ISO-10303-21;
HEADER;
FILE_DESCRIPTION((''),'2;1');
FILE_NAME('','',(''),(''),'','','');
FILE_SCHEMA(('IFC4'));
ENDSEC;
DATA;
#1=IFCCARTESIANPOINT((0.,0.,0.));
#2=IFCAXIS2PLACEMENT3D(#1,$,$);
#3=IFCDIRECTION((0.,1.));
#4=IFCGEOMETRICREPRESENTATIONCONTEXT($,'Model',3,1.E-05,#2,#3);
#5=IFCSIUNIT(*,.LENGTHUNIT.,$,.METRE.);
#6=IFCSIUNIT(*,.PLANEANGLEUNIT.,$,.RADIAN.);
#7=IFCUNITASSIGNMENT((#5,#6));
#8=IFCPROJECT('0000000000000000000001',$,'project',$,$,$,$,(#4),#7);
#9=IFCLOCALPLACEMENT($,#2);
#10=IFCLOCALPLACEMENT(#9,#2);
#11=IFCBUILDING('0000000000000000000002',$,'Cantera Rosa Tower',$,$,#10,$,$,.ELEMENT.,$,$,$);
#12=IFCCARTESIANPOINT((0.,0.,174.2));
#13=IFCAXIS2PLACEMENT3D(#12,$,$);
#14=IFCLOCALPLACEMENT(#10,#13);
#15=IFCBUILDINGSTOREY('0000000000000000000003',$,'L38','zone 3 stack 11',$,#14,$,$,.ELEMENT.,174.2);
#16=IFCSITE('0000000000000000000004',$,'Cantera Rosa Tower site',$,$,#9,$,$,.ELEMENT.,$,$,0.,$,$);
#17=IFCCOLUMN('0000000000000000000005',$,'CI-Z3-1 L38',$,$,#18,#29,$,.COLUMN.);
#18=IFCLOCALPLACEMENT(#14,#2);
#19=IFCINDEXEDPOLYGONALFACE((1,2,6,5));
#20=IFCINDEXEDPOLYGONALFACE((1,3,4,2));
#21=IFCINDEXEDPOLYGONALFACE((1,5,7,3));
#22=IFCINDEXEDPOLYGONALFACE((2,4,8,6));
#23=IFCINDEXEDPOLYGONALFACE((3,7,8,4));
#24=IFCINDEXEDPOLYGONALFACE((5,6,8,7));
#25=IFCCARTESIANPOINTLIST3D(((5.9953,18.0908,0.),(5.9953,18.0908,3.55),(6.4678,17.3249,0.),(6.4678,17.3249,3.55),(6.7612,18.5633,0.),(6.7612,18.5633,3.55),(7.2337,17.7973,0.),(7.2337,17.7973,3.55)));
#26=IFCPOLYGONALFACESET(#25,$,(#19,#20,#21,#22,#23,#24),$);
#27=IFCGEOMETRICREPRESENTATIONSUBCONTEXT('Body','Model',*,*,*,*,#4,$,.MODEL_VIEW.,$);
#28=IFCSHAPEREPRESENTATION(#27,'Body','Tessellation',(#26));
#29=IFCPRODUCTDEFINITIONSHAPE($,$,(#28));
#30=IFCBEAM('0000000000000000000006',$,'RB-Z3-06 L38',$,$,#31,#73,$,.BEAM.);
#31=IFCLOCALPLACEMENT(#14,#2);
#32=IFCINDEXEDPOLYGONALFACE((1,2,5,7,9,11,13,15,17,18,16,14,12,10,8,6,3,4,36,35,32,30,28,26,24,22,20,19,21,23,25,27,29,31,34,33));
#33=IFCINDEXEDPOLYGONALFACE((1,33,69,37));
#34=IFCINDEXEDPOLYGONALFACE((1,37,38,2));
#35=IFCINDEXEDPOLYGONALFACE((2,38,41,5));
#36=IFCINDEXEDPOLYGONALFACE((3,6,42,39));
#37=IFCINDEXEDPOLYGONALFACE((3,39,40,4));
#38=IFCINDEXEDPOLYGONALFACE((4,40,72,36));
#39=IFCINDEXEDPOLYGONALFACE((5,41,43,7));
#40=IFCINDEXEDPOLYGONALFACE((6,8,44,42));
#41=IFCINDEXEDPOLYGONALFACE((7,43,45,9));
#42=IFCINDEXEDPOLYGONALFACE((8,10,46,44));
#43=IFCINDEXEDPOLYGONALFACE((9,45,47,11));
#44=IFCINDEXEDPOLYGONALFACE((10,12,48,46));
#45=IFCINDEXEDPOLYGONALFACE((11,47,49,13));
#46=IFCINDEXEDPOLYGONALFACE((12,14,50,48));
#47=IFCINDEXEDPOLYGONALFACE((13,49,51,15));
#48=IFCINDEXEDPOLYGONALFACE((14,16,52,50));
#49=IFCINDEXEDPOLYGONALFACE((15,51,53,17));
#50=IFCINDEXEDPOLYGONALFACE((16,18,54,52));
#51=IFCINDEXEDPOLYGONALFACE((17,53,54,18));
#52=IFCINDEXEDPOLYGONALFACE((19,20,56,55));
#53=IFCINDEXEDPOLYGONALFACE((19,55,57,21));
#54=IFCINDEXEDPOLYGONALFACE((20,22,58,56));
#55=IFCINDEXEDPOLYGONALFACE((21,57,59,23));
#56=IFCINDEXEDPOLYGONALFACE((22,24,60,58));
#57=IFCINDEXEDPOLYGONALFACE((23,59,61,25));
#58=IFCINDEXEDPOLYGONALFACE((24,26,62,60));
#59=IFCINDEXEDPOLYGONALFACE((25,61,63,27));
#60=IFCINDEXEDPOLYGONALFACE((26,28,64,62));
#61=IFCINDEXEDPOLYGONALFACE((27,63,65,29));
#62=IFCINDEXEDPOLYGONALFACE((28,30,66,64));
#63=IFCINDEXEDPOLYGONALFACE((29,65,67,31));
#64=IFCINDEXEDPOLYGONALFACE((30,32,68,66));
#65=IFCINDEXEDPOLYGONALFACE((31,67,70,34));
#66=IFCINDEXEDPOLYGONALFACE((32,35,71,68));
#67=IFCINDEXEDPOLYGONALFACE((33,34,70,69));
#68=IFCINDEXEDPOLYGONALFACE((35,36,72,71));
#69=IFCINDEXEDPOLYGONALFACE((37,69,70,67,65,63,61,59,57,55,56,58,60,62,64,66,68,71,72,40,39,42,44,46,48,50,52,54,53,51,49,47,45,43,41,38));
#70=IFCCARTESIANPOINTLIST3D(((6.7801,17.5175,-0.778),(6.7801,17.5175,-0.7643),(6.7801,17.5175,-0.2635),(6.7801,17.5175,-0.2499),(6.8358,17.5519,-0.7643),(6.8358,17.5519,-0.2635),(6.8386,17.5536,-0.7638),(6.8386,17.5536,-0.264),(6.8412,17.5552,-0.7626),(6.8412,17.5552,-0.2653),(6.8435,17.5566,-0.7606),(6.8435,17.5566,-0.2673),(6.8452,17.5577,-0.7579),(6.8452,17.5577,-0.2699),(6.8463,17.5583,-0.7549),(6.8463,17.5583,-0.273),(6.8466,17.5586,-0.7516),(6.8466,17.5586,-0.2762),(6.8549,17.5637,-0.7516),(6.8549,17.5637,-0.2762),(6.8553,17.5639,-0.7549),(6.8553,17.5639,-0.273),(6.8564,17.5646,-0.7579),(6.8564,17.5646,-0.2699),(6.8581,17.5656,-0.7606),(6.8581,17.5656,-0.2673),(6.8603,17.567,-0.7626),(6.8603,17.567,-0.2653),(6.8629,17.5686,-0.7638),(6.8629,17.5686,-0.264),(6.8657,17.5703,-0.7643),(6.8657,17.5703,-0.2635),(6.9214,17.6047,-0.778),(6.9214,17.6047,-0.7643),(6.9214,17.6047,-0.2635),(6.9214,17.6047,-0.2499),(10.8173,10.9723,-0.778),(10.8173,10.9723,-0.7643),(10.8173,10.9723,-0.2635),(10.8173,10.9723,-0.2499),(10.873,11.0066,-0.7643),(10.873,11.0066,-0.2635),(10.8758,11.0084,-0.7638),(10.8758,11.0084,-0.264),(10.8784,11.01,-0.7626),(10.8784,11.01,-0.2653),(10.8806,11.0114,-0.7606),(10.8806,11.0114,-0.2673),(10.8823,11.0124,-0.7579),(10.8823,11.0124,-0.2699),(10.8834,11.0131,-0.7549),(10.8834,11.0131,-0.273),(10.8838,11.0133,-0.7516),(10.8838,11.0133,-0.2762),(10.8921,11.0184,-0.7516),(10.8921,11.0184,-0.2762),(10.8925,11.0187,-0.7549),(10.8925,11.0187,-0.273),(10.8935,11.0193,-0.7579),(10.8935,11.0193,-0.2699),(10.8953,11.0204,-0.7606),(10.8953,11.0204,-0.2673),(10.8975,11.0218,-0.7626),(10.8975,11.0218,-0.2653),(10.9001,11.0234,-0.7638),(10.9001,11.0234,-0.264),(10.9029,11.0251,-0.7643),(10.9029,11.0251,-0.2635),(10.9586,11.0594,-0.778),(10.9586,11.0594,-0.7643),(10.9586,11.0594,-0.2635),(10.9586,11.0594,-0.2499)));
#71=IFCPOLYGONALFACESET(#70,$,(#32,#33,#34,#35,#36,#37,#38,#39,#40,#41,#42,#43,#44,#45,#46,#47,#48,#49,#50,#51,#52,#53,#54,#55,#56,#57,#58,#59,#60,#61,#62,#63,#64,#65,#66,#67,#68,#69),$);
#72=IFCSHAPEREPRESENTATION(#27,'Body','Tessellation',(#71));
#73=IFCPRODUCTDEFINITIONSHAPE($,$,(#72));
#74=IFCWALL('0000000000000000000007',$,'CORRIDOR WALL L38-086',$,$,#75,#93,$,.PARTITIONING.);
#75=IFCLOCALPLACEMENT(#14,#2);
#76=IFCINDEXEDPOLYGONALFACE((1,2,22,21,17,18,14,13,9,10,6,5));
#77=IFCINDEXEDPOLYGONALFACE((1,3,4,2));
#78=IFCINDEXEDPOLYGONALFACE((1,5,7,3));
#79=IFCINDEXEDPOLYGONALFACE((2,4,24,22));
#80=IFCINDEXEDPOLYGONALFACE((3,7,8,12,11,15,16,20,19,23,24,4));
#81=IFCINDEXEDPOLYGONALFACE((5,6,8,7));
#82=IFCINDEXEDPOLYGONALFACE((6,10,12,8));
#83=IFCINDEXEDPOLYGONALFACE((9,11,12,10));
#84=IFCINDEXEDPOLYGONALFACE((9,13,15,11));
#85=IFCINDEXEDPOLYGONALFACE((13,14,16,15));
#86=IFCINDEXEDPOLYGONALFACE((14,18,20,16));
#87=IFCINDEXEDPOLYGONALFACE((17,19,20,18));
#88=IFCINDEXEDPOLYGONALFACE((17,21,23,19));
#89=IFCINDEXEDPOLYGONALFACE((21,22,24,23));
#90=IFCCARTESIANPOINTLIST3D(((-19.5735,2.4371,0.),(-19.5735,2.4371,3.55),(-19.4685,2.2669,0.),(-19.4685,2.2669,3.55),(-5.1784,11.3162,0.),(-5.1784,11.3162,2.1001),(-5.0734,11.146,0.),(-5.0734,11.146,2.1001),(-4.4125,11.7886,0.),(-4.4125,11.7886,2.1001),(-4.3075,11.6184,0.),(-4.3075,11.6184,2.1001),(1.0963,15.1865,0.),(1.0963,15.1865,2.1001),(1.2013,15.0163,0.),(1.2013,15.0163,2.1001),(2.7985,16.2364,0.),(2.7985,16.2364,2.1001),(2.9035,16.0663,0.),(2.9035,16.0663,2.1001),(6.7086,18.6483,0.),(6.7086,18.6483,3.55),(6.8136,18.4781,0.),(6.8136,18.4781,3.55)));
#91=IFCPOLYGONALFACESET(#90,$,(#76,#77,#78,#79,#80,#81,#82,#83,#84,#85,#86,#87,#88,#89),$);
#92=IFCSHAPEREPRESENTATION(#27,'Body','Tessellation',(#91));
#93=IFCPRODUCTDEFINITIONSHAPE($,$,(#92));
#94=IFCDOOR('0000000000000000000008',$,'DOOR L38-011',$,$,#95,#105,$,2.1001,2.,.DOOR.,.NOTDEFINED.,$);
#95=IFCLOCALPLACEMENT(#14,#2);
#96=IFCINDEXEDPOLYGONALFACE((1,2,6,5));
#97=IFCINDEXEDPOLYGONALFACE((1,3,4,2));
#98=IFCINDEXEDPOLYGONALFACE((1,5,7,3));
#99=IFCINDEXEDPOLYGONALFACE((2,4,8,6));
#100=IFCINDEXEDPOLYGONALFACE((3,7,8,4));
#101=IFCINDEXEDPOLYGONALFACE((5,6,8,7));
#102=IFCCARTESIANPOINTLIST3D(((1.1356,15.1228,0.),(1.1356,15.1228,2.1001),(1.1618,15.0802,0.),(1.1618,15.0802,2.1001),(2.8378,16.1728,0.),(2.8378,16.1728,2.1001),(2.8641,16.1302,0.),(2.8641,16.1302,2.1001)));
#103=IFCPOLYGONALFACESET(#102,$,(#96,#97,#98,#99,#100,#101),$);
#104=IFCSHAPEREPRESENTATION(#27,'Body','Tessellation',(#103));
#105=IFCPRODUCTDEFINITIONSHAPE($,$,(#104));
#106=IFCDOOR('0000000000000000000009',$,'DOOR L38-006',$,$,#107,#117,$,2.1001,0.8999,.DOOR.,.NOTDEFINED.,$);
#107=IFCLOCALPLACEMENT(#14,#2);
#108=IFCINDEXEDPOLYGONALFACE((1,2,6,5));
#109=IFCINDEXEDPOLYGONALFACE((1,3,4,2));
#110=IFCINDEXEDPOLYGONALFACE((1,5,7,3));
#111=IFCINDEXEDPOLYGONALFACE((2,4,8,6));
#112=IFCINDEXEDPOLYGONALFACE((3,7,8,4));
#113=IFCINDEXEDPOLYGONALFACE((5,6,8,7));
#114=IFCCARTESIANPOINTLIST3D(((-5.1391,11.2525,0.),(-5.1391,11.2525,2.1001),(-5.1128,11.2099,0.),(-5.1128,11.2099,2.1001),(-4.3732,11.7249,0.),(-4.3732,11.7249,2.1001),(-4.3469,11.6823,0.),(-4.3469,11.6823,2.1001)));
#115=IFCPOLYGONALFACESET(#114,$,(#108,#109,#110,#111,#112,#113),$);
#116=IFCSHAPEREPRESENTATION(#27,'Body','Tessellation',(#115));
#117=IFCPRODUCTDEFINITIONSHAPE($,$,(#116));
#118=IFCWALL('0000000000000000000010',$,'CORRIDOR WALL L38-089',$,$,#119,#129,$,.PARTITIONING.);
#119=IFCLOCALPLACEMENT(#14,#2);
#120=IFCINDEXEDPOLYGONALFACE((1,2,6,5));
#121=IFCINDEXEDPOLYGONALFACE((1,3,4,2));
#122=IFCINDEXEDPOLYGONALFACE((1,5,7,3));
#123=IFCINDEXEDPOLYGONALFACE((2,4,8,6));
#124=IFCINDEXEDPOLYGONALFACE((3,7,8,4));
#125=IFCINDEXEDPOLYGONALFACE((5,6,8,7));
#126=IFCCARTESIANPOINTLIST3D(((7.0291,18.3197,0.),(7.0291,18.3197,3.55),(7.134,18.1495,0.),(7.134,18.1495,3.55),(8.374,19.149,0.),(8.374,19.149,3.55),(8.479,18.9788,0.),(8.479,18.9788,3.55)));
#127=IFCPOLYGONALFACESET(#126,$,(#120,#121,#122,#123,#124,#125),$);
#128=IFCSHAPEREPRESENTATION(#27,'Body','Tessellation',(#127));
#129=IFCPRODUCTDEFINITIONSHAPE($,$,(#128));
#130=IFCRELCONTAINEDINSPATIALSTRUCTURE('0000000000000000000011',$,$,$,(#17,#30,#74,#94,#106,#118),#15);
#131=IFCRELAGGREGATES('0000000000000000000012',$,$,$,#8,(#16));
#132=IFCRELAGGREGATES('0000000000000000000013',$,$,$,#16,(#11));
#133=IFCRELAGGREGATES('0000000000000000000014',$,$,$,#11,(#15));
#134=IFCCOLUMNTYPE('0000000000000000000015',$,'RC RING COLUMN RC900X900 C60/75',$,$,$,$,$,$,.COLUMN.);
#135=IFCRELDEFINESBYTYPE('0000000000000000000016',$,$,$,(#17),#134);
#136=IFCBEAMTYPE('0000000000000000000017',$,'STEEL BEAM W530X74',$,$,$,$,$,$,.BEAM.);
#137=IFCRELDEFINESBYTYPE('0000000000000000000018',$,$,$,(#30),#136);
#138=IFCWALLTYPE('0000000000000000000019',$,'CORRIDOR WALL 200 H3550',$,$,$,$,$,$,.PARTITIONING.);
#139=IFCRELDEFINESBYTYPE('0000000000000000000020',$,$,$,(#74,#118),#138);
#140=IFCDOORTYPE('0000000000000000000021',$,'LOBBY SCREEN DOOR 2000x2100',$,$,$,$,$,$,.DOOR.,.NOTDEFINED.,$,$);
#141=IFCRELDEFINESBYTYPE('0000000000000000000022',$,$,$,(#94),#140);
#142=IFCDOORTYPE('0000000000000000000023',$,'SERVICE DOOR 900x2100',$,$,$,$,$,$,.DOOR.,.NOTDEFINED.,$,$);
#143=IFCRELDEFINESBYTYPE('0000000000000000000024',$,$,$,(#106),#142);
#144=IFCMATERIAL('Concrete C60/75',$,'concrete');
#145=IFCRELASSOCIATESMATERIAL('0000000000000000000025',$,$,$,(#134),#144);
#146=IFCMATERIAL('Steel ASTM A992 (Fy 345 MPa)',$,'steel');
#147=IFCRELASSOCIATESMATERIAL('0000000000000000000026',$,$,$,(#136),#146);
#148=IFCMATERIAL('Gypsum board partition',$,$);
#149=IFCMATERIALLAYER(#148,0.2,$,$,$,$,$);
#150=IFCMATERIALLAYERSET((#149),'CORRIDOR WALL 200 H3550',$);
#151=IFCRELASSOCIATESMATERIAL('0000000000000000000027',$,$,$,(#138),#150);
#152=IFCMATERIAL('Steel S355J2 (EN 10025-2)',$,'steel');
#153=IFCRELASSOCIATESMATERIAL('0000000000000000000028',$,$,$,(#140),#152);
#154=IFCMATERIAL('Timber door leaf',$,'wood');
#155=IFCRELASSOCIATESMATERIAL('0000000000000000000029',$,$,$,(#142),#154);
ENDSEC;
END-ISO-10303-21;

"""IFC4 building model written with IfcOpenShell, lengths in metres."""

from ifc_helpers import new_model, si_unit, direction, frame, frame_2d, origin, origin_2d, place, context, subcontext, project, spatial, rectangle, i_section, extrude, material, layer, layer_set, material_profile, profile_set, type_object, element, fill, save


model = new_model("IFC4")

# Units and contexts
model_context = context("Model", 3, precision=1e-05, world=origin(), true_north=direction((0.0, 1.0)))
body_context = subcontext(model_context, "Body", "Model", "MODEL_VIEW")
ifc_project = project(units=[si_unit("LENGTHUNIT", "METRE"), si_unit("PLANEANGLEUNIT", "RADIAN")], contexts=[model_context])

# Site, building, storey
site_placement = place(None, origin())
site = spatial("IfcSite", under=ifc_project, at=site_placement, Name="Cantera Rosa Tower site", CompositionType="ELEMENT", RefElevation=0.0)
building_placement = place(site_placement, origin())
building = spatial("IfcBuilding", under=site, at=building_placement, Name="Cantera Rosa Tower", CompositionType="ELEMENT")
storey_placement = place(building_placement, frame((0.0, 0.0, 174.2)))
storey = spatial("IfcBuildingStorey", under=building, at=storey_placement, Name="L38", Description="zone 3 stack 11", CompositionType="ELEMENT", Elevation=174.2)

# Column
ifc_material_1 = material(Name="Concrete C60/75", Category="concrete")
ifc_material_profile_1 = material_profile(ifc_material_1, rectangle(XDim=0.8999, YDim=0.8999, at=origin_2d()), Name="RC RING COLUMN RC900X900 C60/75")
ifc_profile_set_1 = profile_set([ifc_material_profile_1], Name="Concrete C60/75")
column_type = type_object("IfcColumnType", Name="RC RING COLUMN RC900X900 C60/75", PredefinedType="COLUMN", material=ifc_profile_set_1)
column_placement = place(storey_placement, frame((6.6145, 17.9441, 0.0), z_axis=(0.0, 0.0, 1.0), x_axis=(0.851117, 0.524977, 0.0)))
element("IfcColumn", 1, at=column_placement, inside=storey, type_object=column_type, Name="CI-Z3-1 L38", PredefinedType="COLUMN", context=body_context, shape_type="SweptSolid", body=[
    extrude(rectangle(XDim=0.8999, YDim=0.8999, at=origin_2d()), origin(), (0.0, 0.0, 1.0), 3.55),
])

# Beam
ifc_material_2 = material(Name="Steel ASTM A992 (Fy 345 MPa)", Category="steel")
ifc_material_profile_2 = material_profile(ifc_material_2, i_section(OverallWidth=0.166, OverallDepth=0.5281, WebThickness=0.0098, FlangeThickness=0.0137, FilletRadius=0.0127, at=origin_2d()), Name="W530X74")
ifc_profile_set_2 = profile_set([ifc_material_profile_2], Name="Steel ASTM A992 (Fy 345 MPa)")
beam_type = type_object("IfcBeamType", Name="STEEL BEAM W530X74", PredefinedType="BEAM", material=ifc_profile_set_2)
beam_placement = place(storey_placement, frame((10.8879, 11.0159, -0.5139), z_axis=(-0.524976, 0.851117, 0.0), x_axis=(-0.851117, -0.524976, 0.0)))
element("IfcBeam", 2, at=beam_placement, inside=storey, type_object=beam_type, Name="RB-Z3-06 L38", PredefinedType="BEAM", context=body_context, shape_type="SweptSolid", body=[
    extrude(i_section(OverallWidth=0.166, OverallDepth=0.5281, WebThickness=0.0098, FlangeThickness=0.0137, FilletRadius=0.0127, at=origin_2d()), origin(), (0.0, 0.0, 1.0), 7.6902),
])

# Wall, openings, doors
ifc_material_3 = material(Name="Gypsum board partition")
ifc_layer_1 = layer(ifc_material_3, 0.2)
ifc_layer_set_1 = layer_set([ifc_layer_1], Name="CORRIDOR WALL 200 H3550")
wall_type_1 = type_object("IfcWallType", Name="CORRIDOR WALL 200 H3550", PredefinedType="PARTITIONING", material=ifc_layer_set_1)
wall_1_placement = place(storey_placement, frame((6.7612, 18.5632, 0.0), z_axis=(0.0, 0.0, 1.0), x_axis=(-0.851116, -0.524978, 0.0)))
wall_1 = element("IfcWall", 3, at=wall_1_placement, inside=storey, type_object=wall_type_1, Name="CORRIDOR WALL L38-086", PredefinedType="PARTITIONING", context=body_context, shape_type="SweptSolid", body=[
    extrude(rectangle(XDim=30.8796, YDim=0.2, at=frame_2d((15.4399, 0.0))), origin(), (0.0, 0.0, 1.0), 3.55),
])
opening_1_placement = place(wall_1_placement, frame((13.0667, 0.0, 0.0)))
opening_1 = element("IfcOpeningElement", 4, at=opening_1_placement, cuts=wall_1, PredefinedType="OPENING", context=body_context, shape_type="SweptSolid", body=[
    extrude(rectangle(XDim=0.8999, YDim=2.1001, at=frame_2d((0.45, 1.05))), frame((0.0, 0.1099, 0.0), z_axis=(0.0, -1.0, 0.0), x_axis=(1.0, 0.0, 0.0)), (0.0, 0.0, 1.0), 0.22),
])
opening_2_placement = place(wall_1_placement, frame((4.5942, 0.0, 0.0)))
opening_2 = element("IfcOpeningElement", 5, at=opening_2_placement, cuts=wall_1, PredefinedType="OPENING", context=body_context, shape_type="SweptSolid", body=[
    extrude(rectangle(XDim=2.0, YDim=2.1001, at=frame_2d((1.0, 1.05))), frame((0.0, 0.1099, 0.0), z_axis=(0.0, -1.0, 0.0), x_axis=(1.0, 0.0, 0.0)), (0.0, 0.0, 1.0), 0.22),
])
ifc_material_4 = material(Name="Steel S355J2 (EN 10025-2)", Category="steel")
door_type_1 = type_object("IfcDoorType", Name="LOBBY SCREEN DOOR 2000x2100", OperationType="NOTDEFINED", PredefinedType="DOOR", material=ifc_material_4)
door_1_placement = place(opening_2_placement, origin())
door_1 = element("IfcDoor", 6, at=door_1_placement, inside=storey, type_object=door_type_1, Name="DOOR L38-011", OperationType="NOTDEFINED", OverallHeight=2.1001, OverallWidth=2.0, PredefinedType="DOOR", context=body_context, shape_type="SweptSolid", body=[
    extrude(rectangle(XDim=2.0, YDim=2.1001, at=frame_2d((1.0, 1.05))), frame((0.0, 0.0249, 0.0), z_axis=(0.0, -1.0, 0.0), x_axis=(1.0, 0.0, 0.0)), (0.0, 0.0, 1.0), 0.05),
])
fill(opening_2, door_1)
ifc_material_5 = material(Name="Timber door leaf", Category="wood")
door_type_2 = type_object("IfcDoorType", Name="SERVICE DOOR 900x2100", OperationType="NOTDEFINED", PredefinedType="DOOR", material=ifc_material_5)
door_2_placement = place(opening_1_placement, origin())
door_2 = element("IfcDoor", 7, at=door_2_placement, inside=storey, type_object=door_type_2, Name="DOOR L38-006", OperationType="NOTDEFINED", OverallHeight=2.1001, OverallWidth=0.8999, PredefinedType="DOOR", context=body_context, shape_type="SweptSolid", body=[
    extrude(rectangle(XDim=0.8999, YDim=2.1001, at=frame_2d((0.45, 1.05))), frame((0.0, 0.0249, 0.0), z_axis=(0.0, -1.0, 0.0), x_axis=(1.0, 0.0, 0.0)), (0.0, 0.0, 1.0), 0.05),
])
fill(opening_1, door_2)

# Wall
wall_2_placement = place(storey_placement, frame((7.0815, 18.2346, 0.0), z_axis=(0.0, 0.0, 1.0), x_axis=(0.851186, 0.524864, 0.0)))
element("IfcWall", 8, at=wall_2_placement, inside=storey, type_object=wall_type_1, Name="CORRIDOR WALL L38-089", PredefinedType="PARTITIONING", context=body_context, shape_type="SweptSolid", body=[
    extrude(rectangle(XDim=1.5801, YDim=0.2, at=frame_2d((0.79, 0.0))), origin(), (0.0, 0.0, 1.0), 3.55),
])

save(model, "model.ifc")
